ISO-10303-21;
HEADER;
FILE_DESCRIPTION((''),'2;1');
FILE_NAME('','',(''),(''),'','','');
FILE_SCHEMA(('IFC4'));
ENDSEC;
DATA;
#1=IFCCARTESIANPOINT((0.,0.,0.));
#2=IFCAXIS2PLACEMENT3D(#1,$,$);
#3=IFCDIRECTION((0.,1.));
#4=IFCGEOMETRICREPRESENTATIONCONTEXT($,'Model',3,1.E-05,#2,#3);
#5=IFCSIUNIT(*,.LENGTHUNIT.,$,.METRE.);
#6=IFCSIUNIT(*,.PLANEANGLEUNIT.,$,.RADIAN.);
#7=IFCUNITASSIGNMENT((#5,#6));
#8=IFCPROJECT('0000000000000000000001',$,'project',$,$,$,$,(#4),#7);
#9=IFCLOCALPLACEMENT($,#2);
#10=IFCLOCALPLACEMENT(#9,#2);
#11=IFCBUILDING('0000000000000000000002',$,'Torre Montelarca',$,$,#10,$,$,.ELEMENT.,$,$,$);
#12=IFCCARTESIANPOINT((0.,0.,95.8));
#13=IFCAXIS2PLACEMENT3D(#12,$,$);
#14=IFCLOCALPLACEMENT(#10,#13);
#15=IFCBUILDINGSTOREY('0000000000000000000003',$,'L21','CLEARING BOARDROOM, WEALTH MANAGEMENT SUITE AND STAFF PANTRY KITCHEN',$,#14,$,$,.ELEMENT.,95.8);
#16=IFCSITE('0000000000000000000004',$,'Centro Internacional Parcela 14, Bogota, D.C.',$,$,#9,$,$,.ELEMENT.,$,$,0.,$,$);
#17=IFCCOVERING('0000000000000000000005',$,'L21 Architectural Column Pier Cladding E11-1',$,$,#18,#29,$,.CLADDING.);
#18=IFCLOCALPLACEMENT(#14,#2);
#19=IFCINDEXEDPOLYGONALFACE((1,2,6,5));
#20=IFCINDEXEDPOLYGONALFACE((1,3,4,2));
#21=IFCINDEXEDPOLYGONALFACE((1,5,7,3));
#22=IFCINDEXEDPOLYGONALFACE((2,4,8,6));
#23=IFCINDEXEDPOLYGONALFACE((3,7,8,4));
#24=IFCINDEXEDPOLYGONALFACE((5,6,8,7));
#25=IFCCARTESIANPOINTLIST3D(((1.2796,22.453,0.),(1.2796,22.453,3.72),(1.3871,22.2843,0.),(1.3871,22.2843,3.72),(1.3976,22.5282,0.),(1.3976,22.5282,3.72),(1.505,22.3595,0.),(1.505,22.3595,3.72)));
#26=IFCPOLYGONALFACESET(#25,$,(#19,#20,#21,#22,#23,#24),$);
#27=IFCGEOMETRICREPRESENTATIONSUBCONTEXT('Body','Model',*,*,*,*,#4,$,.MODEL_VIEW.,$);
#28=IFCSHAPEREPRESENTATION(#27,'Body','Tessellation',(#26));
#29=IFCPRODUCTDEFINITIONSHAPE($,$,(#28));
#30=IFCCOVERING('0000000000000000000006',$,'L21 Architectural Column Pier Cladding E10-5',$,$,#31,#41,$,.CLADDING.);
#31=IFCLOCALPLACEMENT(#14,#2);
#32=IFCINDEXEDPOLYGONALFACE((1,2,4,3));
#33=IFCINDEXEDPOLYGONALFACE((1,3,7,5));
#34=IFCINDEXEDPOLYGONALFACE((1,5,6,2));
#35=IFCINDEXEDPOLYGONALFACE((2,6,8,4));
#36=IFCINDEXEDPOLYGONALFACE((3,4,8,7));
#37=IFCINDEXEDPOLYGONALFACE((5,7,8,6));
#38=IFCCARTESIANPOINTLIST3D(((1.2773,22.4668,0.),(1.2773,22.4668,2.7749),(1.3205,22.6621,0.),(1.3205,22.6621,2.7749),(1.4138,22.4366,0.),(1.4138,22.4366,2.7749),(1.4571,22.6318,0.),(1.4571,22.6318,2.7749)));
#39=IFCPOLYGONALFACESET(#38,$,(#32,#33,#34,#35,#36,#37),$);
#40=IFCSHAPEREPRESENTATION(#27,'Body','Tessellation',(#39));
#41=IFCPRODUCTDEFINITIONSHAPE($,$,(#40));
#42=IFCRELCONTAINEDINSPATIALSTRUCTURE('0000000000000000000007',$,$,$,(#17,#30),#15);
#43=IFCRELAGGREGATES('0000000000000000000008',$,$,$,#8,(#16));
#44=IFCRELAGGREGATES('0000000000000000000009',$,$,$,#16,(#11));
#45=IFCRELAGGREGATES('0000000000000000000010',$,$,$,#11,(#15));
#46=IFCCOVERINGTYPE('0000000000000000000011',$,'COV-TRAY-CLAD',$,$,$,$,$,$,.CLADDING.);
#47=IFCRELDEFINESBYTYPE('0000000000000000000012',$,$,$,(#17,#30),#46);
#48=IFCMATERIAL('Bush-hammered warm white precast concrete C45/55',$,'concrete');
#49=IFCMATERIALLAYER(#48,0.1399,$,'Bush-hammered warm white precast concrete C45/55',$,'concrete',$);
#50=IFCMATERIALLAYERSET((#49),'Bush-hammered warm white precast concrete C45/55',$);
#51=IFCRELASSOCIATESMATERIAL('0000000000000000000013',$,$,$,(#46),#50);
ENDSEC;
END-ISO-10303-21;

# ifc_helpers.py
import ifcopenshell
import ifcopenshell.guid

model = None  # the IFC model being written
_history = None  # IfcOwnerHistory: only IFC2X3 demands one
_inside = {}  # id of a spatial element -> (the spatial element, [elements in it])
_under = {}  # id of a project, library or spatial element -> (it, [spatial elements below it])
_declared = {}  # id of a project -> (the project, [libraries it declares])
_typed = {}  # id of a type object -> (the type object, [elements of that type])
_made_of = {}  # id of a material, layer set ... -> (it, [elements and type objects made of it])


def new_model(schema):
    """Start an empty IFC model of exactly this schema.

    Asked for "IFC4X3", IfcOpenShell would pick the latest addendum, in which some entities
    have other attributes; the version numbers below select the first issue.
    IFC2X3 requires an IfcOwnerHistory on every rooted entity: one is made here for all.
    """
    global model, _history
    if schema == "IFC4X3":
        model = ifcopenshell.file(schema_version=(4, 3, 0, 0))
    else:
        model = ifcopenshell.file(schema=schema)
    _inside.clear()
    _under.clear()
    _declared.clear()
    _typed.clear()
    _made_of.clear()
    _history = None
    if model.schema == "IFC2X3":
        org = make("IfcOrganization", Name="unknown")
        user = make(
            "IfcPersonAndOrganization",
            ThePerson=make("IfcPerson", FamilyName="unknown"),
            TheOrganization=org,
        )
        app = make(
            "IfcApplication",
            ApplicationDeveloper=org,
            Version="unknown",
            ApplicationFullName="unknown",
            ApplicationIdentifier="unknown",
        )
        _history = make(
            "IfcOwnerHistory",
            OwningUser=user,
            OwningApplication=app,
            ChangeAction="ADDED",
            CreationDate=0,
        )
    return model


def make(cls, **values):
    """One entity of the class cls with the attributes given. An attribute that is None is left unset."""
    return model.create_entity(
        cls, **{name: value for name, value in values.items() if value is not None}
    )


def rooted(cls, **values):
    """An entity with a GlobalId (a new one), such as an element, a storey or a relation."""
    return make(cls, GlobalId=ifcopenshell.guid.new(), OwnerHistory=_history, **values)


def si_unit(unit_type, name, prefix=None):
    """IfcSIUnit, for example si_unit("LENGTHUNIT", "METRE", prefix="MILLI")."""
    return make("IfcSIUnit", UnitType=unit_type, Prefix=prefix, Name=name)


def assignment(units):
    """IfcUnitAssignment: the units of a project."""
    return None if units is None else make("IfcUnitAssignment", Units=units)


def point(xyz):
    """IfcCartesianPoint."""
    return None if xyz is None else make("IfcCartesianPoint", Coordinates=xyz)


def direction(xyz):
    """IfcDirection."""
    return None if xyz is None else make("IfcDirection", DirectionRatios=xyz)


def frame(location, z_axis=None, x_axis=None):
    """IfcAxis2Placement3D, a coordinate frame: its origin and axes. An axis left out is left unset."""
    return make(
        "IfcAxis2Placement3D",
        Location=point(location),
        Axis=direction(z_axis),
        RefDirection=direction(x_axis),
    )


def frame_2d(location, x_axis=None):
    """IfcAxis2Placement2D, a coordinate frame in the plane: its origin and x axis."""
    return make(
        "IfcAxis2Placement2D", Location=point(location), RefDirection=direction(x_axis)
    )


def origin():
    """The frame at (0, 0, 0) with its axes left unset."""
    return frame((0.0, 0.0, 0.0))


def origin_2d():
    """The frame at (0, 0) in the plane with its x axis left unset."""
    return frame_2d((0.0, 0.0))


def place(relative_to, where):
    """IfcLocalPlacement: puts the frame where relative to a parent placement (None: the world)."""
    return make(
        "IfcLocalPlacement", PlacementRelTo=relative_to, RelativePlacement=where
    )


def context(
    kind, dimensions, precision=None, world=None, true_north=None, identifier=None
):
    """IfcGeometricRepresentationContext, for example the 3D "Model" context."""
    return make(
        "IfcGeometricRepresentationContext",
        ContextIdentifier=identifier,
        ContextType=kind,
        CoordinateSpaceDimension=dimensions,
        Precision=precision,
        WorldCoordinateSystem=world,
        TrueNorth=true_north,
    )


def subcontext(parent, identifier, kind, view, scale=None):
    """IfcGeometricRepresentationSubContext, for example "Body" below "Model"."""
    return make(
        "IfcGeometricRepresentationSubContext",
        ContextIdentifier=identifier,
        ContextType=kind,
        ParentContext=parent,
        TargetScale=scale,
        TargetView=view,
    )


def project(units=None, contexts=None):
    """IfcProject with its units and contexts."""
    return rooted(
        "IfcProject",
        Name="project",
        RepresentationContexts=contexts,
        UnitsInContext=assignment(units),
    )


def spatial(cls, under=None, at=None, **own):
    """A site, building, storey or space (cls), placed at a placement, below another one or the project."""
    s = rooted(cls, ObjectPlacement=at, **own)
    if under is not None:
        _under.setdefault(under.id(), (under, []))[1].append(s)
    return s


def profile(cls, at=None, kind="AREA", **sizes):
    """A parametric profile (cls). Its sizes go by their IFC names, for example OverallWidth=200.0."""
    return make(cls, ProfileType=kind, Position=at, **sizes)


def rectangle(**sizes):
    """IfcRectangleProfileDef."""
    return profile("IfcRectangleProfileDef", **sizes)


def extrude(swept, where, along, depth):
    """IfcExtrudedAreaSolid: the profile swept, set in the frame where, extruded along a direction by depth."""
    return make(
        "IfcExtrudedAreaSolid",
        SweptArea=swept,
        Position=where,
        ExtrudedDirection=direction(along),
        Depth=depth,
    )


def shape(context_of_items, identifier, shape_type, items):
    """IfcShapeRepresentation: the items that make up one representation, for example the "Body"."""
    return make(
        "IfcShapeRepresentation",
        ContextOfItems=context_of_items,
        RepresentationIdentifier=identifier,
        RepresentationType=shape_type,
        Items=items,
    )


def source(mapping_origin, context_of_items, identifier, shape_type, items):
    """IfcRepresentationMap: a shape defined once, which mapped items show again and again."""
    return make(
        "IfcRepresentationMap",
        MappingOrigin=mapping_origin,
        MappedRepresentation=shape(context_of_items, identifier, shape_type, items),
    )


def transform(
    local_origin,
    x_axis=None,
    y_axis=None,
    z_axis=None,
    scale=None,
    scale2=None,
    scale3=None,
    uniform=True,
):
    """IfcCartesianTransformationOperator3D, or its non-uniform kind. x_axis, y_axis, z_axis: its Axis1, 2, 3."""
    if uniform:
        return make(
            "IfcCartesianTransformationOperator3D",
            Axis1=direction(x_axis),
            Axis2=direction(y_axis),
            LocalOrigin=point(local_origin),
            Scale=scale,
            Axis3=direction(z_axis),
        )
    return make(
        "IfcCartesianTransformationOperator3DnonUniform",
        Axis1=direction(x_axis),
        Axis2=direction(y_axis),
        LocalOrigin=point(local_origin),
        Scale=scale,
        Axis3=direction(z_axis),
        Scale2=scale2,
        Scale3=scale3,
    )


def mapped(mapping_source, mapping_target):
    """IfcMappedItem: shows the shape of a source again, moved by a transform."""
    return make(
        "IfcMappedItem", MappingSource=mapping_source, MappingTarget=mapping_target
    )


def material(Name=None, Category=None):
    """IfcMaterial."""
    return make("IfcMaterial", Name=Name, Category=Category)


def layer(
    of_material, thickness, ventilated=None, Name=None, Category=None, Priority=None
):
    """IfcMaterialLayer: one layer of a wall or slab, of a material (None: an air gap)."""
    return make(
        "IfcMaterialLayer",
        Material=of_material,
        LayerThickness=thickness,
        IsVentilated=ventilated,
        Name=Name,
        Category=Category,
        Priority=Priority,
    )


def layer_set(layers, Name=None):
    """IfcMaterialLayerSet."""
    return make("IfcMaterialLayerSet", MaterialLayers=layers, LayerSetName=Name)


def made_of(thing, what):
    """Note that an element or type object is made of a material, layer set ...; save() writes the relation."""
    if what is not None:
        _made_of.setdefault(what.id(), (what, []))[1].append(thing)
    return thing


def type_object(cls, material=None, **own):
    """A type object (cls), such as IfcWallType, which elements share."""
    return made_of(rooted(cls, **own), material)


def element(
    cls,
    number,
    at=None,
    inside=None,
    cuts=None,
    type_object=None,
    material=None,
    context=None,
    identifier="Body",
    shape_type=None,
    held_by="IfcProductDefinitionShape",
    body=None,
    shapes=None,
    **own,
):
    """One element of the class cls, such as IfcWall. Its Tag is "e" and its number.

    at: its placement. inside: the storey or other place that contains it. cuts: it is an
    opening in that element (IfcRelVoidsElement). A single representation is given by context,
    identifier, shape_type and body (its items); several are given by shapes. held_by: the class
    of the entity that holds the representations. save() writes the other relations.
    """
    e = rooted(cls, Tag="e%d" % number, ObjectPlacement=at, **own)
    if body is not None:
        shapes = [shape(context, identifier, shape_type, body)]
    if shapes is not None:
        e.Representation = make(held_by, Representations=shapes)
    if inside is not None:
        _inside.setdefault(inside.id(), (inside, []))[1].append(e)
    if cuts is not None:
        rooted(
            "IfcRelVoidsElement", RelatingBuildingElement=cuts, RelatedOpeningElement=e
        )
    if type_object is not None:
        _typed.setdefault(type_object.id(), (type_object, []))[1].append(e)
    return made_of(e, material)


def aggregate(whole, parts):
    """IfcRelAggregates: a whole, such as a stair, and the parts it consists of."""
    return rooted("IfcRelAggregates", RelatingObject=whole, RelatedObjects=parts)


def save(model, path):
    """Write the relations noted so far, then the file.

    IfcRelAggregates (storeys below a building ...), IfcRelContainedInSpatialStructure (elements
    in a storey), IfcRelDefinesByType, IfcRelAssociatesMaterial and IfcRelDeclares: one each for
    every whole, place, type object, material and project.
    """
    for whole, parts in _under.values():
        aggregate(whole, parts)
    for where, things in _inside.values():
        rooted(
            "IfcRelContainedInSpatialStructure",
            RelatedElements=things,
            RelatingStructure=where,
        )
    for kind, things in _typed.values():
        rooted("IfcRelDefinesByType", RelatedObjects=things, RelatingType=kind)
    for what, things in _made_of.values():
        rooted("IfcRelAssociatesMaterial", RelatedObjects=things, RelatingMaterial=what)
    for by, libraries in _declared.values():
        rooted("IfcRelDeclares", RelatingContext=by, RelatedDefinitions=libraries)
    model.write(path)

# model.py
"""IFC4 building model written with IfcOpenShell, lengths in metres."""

from ifc_helpers import new_model, si_unit, direction, frame, origin, origin_2d, place, context, subcontext, project, spatial, rectangle, extrude, source, transform, mapped, material, layer, layer_set, type_object, element, save


model = new_model("IFC4")

# Units and contexts
model_context = context("Model", 3, precision=1e-05, world=origin(), true_north=direction((0.0, 1.0)))
body_context = subcontext(model_context, "Body", "Model", "MODEL_VIEW")
ifc_project = project(units=[si_unit("LENGTHUNIT", "METRE"), si_unit("PLANEANGLEUNIT", "RADIAN")], contexts=[model_context])

# Site, building, storey
site_placement = place(None, origin())
site = spatial("IfcSite", under=ifc_project, at=site_placement, Name="Centro Internacional Parcela 14, Bogota, D.C.", CompositionType="ELEMENT", RefElevation=0.0)
building_placement = place(site_placement, origin())
building = spatial("IfcBuilding", under=site, at=building_placement, Name="Torre Montelarca", CompositionType="ELEMENT")
storey_placement = place(building_placement, frame((0.0, 0.0, 95.8)))
storey = spatial("IfcBuildingStorey", under=building, at=storey_placement, Name="L21", Description="CLEARING BOARDROOM, WEALTH MANAGEMENT SUITE AND STAFF PANTRY KITCHEN", CompositionType="ELEMENT", Elevation=95.8)

# Coverings
ifc_material_1 = material(Name="Bush-hammered warm white precast concrete C45/55", Category="concrete")
ifc_layer_1 = layer(ifc_material_1, 0.1399, Name="Bush-hammered warm white precast concrete C45/55", Category="concrete")
ifc_layer_set_1 = layer_set([ifc_layer_1], Name="Bush-hammered warm white precast concrete C45/55")
covering_type = type_object("IfcCoveringType", Name="COV-TRAY-CLAD", PredefinedType="CLADDING", material=ifc_layer_set_1)
shared_shape_1 = source(origin(), body_context, "Body", "SweptSolid", [
    extrude(rectangle(XDim=0.2, YDim=0.1399, at=origin_2d()), origin(), (0.0, 0.0, 1.0), 3.72),
])
covering_1_placement = place(storey_placement, frame((1.3923, 22.4062, 0.0), z_axis=(0.0, 0.0, 1.0), x_axis=(0.537314, -0.843382, 0.0)))
element("IfcCovering", 1, at=covering_1_placement, inside=storey, type_object=covering_type, Name="L21 Architectural Column Pier Cladding E11-1", PredefinedType="CLADDING", context=body_context, shape_type="MappedRepresentation", body=[
    mapped(shared_shape_1, transform((0.0, 0.0, 0.0), scale=1.0)),
])
shared_shape_2 = source(origin(), body_context, "Body", "SweptSolid", [
    extrude(rectangle(XDim=0.2, YDim=0.1399, at=origin_2d()), origin(), (0.0, 0.0, 1.0), 2.7749),
])
covering_2_placement = place(storey_placement, frame((1.3672, 22.5493, 0.0), z_axis=(0.0, 0.0, 1.0), x_axis=(-0.216441, -0.976296, 0.0)))
element("IfcCovering", 2, at=covering_2_placement, inside=storey, type_object=covering_type, Name="L21 Architectural Column Pier Cladding E10-5", PredefinedType="CLADDING", context=body_context, shape_type="MappedRepresentation", body=[
    mapped(shared_shape_2, transform((0.0, 0.0, 0.0), scale=1.0)),
])

save(model, "model.ifc")
